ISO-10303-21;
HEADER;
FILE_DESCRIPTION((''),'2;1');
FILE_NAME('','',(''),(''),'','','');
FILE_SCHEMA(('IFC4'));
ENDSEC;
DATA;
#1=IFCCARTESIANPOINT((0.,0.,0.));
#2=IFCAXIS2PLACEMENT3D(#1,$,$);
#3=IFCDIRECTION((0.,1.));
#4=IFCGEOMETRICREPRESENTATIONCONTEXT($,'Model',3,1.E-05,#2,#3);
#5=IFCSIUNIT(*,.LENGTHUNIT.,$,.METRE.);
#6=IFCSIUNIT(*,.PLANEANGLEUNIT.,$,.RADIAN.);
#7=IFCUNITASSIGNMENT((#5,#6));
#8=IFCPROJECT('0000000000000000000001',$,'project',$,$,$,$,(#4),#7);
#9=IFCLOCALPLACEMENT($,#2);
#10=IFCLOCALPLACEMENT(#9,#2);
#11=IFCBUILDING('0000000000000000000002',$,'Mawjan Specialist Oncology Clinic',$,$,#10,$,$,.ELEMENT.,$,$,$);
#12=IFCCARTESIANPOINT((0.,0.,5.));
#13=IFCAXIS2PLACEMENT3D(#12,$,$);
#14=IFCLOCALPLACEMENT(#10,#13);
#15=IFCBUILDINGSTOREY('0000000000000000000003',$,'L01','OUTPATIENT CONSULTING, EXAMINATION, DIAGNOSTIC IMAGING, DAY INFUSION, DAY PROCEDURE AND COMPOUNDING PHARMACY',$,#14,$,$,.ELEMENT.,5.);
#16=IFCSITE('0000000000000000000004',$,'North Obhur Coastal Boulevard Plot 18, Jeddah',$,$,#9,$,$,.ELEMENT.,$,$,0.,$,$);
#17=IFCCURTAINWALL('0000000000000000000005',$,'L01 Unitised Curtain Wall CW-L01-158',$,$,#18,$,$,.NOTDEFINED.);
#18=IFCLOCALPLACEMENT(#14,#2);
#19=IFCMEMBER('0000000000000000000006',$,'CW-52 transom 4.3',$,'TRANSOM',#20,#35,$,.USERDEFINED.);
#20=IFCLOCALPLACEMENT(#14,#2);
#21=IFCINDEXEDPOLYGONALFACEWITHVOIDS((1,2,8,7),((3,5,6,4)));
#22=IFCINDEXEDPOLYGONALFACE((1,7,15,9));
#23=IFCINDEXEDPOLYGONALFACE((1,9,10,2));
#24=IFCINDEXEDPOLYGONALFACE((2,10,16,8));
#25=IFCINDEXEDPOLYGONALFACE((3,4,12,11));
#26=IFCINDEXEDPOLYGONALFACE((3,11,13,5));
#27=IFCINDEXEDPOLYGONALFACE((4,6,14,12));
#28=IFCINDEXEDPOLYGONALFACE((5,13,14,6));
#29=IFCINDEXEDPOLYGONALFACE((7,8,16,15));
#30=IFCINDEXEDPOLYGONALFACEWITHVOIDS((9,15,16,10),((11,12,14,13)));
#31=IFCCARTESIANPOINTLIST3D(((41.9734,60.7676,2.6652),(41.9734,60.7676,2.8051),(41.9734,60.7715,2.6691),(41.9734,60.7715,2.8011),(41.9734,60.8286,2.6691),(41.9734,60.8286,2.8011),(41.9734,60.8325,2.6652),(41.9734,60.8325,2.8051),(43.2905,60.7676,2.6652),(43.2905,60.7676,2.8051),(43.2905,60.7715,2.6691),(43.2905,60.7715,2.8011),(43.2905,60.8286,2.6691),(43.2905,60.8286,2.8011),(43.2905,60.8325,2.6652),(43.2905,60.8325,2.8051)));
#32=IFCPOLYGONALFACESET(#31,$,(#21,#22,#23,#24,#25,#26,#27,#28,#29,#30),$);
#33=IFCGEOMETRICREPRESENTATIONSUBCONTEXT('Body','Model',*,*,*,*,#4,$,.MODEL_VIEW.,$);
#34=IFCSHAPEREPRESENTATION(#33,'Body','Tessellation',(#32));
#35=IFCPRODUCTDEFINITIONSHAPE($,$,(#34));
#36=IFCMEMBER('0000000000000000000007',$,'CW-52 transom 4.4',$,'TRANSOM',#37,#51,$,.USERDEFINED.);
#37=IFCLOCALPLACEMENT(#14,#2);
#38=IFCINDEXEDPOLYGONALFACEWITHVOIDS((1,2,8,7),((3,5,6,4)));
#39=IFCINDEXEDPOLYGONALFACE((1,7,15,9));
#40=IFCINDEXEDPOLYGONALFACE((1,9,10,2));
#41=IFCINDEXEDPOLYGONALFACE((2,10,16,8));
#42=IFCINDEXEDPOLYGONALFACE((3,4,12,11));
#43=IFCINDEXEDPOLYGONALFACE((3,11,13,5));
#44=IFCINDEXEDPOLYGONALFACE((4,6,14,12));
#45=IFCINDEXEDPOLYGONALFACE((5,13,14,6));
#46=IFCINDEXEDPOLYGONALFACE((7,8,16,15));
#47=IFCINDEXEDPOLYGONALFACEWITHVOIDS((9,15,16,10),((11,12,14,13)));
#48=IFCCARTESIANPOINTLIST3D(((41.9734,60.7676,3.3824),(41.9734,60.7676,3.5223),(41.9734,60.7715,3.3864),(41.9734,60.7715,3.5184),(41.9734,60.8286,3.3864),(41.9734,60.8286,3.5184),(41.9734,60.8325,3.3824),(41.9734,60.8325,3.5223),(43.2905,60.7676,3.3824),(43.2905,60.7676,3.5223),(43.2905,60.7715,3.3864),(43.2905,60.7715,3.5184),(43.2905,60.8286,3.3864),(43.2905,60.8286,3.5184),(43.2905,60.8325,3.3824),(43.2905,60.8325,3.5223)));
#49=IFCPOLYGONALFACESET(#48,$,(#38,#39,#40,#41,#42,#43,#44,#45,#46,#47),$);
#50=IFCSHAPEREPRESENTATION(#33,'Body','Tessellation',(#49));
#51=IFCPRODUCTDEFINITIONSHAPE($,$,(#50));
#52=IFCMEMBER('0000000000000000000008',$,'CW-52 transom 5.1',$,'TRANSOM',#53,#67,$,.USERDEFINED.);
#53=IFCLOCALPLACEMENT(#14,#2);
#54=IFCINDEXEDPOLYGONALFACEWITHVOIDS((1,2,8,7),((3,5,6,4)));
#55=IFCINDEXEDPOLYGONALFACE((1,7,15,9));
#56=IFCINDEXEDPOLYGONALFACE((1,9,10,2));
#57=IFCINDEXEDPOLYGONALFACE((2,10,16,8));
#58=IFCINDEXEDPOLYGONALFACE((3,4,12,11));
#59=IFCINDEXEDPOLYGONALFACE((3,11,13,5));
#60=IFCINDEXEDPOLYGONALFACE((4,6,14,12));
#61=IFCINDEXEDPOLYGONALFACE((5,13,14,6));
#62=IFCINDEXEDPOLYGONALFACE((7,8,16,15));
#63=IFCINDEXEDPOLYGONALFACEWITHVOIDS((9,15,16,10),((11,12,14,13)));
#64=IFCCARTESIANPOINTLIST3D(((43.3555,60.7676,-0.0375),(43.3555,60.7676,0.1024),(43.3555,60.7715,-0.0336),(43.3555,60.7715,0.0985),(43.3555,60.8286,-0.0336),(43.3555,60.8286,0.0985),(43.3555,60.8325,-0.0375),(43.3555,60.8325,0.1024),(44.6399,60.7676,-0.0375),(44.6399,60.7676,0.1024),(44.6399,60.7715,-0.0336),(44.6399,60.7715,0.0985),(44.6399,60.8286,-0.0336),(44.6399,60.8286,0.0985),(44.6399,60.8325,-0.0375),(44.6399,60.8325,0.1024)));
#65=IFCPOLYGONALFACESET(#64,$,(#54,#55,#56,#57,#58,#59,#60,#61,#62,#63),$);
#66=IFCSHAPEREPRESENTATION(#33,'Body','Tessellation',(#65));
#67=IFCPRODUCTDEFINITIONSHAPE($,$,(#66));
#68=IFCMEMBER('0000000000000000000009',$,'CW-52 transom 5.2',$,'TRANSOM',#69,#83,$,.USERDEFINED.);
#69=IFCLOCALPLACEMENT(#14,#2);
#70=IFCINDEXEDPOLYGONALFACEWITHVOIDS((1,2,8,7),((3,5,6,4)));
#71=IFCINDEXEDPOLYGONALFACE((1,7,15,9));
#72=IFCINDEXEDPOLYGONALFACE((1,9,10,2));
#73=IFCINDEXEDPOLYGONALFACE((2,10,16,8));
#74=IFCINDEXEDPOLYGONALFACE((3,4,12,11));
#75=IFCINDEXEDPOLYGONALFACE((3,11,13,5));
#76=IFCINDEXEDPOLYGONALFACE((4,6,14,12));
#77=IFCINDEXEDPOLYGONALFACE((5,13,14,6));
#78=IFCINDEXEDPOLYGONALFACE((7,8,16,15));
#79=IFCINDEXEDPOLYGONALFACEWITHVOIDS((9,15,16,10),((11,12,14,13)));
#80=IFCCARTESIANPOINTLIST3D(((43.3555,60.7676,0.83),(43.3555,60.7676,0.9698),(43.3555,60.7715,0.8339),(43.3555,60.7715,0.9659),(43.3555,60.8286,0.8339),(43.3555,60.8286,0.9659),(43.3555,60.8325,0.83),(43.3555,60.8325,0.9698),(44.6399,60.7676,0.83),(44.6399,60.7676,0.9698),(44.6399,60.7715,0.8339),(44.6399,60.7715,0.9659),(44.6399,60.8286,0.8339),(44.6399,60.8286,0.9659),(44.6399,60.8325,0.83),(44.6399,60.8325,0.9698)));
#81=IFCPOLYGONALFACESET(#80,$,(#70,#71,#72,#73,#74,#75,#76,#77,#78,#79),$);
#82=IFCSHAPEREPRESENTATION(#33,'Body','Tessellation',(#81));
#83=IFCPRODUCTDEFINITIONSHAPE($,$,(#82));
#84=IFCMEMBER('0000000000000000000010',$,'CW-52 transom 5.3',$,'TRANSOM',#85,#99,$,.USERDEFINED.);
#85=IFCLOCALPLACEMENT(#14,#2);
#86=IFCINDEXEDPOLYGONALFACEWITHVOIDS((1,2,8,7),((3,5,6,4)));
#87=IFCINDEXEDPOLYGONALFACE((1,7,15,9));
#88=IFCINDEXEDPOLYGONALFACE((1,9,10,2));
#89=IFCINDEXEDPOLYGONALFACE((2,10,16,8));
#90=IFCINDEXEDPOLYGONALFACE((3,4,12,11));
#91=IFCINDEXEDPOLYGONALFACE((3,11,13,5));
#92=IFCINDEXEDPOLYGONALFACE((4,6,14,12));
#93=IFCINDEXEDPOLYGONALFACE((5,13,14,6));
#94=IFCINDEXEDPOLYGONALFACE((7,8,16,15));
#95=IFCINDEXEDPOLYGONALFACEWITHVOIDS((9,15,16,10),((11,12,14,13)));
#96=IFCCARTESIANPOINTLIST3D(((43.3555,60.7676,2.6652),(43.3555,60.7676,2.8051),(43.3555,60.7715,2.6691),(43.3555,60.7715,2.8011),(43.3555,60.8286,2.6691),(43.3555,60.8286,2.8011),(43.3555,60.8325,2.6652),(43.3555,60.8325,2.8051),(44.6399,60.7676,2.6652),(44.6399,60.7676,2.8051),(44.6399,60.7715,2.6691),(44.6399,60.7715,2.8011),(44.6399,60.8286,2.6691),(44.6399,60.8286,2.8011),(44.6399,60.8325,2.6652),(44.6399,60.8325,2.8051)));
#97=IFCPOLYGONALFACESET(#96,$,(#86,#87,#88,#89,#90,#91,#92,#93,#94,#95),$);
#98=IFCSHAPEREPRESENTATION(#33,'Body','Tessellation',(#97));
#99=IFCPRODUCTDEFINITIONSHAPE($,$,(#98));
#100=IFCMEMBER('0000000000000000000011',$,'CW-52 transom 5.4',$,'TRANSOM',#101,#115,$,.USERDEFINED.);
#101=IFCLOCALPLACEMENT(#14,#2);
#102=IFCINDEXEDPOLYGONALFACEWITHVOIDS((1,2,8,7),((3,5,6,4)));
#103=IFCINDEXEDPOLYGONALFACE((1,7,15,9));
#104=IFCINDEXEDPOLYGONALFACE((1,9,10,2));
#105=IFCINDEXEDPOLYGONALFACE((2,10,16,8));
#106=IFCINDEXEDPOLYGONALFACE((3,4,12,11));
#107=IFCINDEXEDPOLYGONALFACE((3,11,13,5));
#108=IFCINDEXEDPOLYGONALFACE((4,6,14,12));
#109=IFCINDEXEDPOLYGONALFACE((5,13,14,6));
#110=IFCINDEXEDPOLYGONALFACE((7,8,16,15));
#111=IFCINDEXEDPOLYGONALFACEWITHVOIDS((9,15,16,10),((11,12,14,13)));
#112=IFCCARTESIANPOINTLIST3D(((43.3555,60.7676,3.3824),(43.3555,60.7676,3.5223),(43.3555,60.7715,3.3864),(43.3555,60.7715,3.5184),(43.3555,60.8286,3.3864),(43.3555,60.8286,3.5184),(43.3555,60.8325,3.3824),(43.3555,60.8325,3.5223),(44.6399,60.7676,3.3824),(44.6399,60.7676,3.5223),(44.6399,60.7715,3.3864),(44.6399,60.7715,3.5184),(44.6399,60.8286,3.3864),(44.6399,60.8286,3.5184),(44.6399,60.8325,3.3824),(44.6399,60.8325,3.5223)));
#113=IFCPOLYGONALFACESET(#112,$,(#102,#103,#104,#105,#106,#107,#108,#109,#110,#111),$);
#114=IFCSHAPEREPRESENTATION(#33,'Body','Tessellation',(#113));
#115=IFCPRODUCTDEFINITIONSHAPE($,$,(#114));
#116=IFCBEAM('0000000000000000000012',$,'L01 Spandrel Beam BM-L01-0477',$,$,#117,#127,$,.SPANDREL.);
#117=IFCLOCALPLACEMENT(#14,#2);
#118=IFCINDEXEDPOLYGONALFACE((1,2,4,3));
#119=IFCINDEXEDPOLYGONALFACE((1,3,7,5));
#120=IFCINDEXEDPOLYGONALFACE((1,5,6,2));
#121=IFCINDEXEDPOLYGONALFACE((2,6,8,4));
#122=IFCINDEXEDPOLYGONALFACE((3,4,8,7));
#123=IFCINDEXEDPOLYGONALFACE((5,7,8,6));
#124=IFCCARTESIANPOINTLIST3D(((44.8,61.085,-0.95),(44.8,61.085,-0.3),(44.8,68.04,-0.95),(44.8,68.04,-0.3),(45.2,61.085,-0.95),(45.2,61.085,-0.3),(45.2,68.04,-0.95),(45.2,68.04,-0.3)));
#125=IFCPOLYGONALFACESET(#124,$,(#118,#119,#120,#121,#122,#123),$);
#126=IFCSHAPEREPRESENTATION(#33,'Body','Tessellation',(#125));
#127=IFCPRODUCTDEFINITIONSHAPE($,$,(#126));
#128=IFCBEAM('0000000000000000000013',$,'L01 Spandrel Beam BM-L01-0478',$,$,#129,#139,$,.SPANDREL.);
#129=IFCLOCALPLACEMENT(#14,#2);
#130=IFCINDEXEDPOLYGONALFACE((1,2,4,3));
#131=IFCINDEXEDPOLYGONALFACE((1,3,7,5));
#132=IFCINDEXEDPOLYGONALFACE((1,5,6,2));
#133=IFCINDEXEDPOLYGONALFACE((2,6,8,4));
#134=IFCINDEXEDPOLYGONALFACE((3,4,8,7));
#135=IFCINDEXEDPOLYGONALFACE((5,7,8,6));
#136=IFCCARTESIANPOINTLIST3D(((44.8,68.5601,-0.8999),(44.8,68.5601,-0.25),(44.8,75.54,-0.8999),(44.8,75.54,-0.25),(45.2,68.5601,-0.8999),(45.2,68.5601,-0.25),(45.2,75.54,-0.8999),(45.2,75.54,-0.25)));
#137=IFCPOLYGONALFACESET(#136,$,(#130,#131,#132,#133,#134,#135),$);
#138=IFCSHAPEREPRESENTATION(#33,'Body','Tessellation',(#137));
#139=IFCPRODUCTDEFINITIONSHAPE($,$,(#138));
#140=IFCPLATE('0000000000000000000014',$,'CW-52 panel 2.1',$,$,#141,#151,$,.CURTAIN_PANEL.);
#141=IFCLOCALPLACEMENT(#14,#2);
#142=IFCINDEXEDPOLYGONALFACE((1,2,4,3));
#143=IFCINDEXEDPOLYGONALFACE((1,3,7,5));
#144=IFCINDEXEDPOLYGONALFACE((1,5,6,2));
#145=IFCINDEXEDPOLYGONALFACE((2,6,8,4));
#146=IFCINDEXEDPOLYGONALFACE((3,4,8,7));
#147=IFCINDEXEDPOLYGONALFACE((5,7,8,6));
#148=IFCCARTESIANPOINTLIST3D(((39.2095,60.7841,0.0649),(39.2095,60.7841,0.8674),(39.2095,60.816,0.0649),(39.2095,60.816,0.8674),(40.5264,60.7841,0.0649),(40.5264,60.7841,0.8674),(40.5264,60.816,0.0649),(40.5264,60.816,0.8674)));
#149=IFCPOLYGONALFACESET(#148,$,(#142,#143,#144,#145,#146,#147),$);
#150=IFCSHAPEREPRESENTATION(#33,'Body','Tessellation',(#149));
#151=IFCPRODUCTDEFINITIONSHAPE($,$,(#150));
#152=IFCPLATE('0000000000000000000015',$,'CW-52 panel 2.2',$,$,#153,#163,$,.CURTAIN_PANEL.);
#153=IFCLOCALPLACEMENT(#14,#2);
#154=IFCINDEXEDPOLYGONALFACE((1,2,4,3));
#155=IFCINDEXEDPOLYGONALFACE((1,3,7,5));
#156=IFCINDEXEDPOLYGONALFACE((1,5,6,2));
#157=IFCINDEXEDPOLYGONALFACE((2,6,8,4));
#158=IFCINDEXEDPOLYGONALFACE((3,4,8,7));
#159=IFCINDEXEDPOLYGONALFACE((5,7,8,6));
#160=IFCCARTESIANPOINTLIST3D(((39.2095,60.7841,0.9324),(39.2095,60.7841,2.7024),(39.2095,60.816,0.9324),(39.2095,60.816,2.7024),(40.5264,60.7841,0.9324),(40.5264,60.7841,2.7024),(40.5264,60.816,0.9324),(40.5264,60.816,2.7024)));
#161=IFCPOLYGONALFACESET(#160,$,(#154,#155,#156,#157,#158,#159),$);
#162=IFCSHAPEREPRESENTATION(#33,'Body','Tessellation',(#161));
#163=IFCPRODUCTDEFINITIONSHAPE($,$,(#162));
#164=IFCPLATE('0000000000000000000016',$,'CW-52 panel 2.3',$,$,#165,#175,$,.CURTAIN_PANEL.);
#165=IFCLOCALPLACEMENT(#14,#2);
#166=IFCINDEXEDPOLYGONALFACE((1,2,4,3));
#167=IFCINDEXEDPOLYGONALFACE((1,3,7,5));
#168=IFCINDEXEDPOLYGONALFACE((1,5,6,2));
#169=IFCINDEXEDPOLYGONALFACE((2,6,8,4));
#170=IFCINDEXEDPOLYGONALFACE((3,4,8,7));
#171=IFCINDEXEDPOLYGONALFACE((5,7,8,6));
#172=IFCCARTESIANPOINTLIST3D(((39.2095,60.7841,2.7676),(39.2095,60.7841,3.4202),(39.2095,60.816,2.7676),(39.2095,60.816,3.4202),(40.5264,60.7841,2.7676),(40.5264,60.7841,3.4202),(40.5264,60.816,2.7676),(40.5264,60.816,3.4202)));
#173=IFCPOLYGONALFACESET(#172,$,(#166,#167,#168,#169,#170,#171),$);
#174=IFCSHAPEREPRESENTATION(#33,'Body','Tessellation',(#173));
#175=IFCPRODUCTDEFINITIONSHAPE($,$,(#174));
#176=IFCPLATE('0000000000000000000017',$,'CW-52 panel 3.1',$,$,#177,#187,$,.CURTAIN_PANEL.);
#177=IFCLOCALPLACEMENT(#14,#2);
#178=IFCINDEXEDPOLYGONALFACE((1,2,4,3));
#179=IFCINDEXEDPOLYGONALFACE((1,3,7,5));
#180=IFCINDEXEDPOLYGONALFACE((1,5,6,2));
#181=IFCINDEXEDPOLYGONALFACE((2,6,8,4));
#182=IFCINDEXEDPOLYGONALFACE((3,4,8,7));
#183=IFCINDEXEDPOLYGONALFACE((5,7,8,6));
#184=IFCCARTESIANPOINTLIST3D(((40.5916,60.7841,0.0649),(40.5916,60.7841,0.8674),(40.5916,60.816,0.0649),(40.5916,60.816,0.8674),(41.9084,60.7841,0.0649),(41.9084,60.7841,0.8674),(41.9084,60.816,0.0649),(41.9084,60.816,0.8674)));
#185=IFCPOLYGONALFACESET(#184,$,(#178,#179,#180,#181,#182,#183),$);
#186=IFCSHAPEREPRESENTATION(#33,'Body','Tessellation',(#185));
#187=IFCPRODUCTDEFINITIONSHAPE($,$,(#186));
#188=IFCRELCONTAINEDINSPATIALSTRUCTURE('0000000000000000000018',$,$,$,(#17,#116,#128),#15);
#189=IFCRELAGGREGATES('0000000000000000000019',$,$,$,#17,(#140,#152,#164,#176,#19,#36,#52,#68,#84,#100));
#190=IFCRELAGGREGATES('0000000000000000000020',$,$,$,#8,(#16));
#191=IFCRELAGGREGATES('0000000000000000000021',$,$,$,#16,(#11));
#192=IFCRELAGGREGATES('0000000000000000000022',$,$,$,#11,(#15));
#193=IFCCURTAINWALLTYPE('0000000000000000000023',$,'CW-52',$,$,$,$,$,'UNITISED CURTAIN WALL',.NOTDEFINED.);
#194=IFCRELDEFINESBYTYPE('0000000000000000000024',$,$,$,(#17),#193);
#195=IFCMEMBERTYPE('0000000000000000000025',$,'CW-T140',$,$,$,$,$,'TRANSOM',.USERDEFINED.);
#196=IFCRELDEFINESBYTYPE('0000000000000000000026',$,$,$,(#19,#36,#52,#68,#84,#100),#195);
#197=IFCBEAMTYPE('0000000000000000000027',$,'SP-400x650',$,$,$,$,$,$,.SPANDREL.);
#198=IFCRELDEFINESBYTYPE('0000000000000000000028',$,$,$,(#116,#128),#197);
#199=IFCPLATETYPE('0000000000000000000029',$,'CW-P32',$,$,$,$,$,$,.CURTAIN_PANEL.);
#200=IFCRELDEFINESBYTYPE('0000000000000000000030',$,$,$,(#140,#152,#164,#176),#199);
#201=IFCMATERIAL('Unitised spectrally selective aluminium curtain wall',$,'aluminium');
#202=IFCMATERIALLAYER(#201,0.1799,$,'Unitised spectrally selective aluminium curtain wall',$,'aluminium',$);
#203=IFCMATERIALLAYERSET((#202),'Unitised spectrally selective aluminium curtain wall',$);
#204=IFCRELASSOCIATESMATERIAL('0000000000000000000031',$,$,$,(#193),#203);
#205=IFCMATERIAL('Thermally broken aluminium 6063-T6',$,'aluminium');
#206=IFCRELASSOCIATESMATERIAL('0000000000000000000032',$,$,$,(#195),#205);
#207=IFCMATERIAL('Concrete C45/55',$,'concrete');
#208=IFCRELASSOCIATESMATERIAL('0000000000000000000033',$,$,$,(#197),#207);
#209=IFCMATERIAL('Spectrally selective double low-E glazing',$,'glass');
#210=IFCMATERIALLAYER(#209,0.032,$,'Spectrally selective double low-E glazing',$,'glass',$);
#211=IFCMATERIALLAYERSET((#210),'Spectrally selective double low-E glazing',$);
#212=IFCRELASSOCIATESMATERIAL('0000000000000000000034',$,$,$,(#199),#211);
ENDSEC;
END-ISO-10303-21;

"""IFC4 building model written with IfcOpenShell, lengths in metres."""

from ifc_helpers import new_model, si_unit, direction, frame, origin, origin_2d, place, context, subcontext, project, spatial, rectangle, hollow_rectangle, extrude, material, layer, layer_set, material_profile, profile_set, type_object, element, aggregate, save


model = new_model("IFC4")

# Units and contexts
model_context = context("Model", 3, precision=1e-05, world=origin(), true_north=direction((0.0, 1.0)))
body_context = subcontext(model_context, "Body", "Model", "MODEL_VIEW")
ifc_project = project(units=[si_unit("LENGTHUNIT", "METRE"), si_unit("PLANEANGLEUNIT", "RADIAN")], contexts=[model_context])

# Site, building, storey
site_placement = place(None, origin())
site = spatial("IfcSite", under=ifc_project, at=site_placement, Name="North Obhur Coastal Boulevard Plot 18, Jeddah", CompositionType="ELEMENT", RefElevation=0.0)
building_placement = place(site_placement, origin())
building = spatial("IfcBuilding", under=site, at=building_placement, Name="Mawjan Specialist Oncology Clinic", CompositionType="ELEMENT")
storey_placement = place(building_placement, frame((0.0, 0.0, 5.0)))
storey = spatial("IfcBuildingStorey", under=building, at=storey_placement, Name="L01", Description="OUTPATIENT CONSULTING, EXAMINATION, DIAGNOSTIC IMAGING, DAY INFUSION, DAY PROCEDURE AND COMPOUNDING PHARMACY", CompositionType="ELEMENT", Elevation=5.0)

# Curtain wall, members
ifc_material_1 = material(Name="Unitised spectrally selective aluminium curtain wall", Category="aluminium")
ifc_layer_1 = layer(ifc_material_1, 0.1799, Name="Unitised spectrally selective aluminium curtain wall", Category="aluminium")
ifc_layer_set_1 = layer_set([ifc_layer_1], Name="Unitised spectrally selective aluminium curtain wall")
curtain_wall_type = type_object("IfcCurtainWallType", Name="CW-52", ElementType="UNITISED CURTAIN WALL", PredefinedType="NOTDEFINED", material=ifc_layer_set_1)
curtain_wall_placement = place(storey_placement, origin())
curtain_wall = element("IfcCurtainWall", 1, at=curtain_wall_placement, inside=storey, type_object=curtain_wall_type, Name="L01 Unitised Curtain Wall CW-L01-158", PredefinedType="NOTDEFINED")
ifc_material_2 = material(Name="Thermally broken aluminium 6063-T6", Category="aluminium")
ifc_material_profile_1 = material_profile(ifc_material_2, hollow_rectangle(XDim=0.0649, YDim=0.1399, WallThickness=0.0039, at=origin_2d()), Name="ALU TRANSOM 140x65x4", Category="aluminium")
ifc_profile_set_1 = profile_set([ifc_material_profile_1], Name="Thermally broken aluminium 6063-T6")
member_type_1 = type_object("IfcMemberType", Name="CW-T140", ElementType="TRANSOM", PredefinedType="USERDEFINED", material=ifc_profile_set_1)
member_1_placement = place(storey_placement, frame((41.9734, 60.8, 2.7351), z_axis=(1.0, 0.0, 0.0), x_axis=(0.0, 1.0, 0.0)))
member_1 = element("IfcMember", 2, at=member_1_placement, type_object=member_type_1, Name="CW-52 transom 4.3", ObjectType="TRANSOM", PredefinedType="USERDEFINED", context=body_context, shape_type="SweptSolid", body=[
    extrude(hollow_rectangle(XDim=0.0649, YDim=0.1399, WallThickness=0.0039, at=origin_2d()), origin(), (0.0, 0.0, 1.0), 1.3171),
])
member_2_placement = place(storey_placement, frame((41.9734, 60.8, 3.4524), z_axis=(1.0, 0.0, 0.0), x_axis=(0.0, 1.0, 0.0)))
member_2 = element("IfcMember", 3, at=member_2_placement, type_object=member_type_1, Name="CW-52 transom 4.4", ObjectType="TRANSOM", PredefinedType="USERDEFINED", context=body_context, shape_type="SweptSolid", body=[
    extrude(hollow_rectangle(XDim=0.0649, YDim=0.1399, WallThickness=0.0039, at=origin_2d()), origin(), (0.0, 0.0, 1.0), 1.3171),
])
member_3_placement = place(storey_placement, frame((43.3555, 60.8, 0.0325), z_axis=(1.0, 0.0, 0.0), x_axis=(0.0, 1.0, 0.0)))
member_3 = element("IfcMember", 4, at=member_3_placement, type_object=member_type_1, Name="CW-52 transom 5.1", ObjectType="TRANSOM", PredefinedType="USERDEFINED", context=body_context, shape_type="SweptSolid", body=[
    extrude(hollow_rectangle(XDim=0.0649, YDim=0.1399, WallThickness=0.0039, at=origin_2d()), origin(), (0.0, 0.0, 1.0), 1.2844),
])
member_4_placement = place(storey_placement, frame((43.3555, 60.8, 0.8999), z_axis=(1.0, 0.0, 0.0), x_axis=(0.0, 1.0, 0.0)))
member_4 = element("IfcMember", 5, at=member_4_placement, type_object=member_type_1, Name="CW-52 transom 5.2", ObjectType="TRANSOM", PredefinedType="USERDEFINED", context=body_context, shape_type="SweptSolid", body=[
    extrude(hollow_rectangle(XDim=0.0649, YDim=0.1399, WallThickness=0.0039, at=origin_2d()), origin(), (0.0, 0.0, 1.0), 1.2844),
])
member_5_placement = place(storey_placement, frame((43.3555, 60.8, 2.7351), z_axis=(1.0, 0.0, 0.0), x_axis=(0.0, 1.0, 0.0)))
member_5 = element("IfcMember", 6, at=member_5_placement, type_object=member_type_1, Name="CW-52 transom 5.3", ObjectType="TRANSOM", PredefinedType="USERDEFINED", context=body_context, shape_type="SweptSolid", body=[
    extrude(hollow_rectangle(XDim=0.0649, YDim=0.1399, WallThickness=0.0039, at=origin_2d()), origin(), (0.0, 0.0, 1.0), 1.2844),
])
member_6_placement = place(storey_placement, frame((43.3555, 60.8, 3.4524), z_axis=(1.0, 0.0, 0.0), x_axis=(0.0, 1.0, 0.0)))
member_6 = element("IfcMember", 7, at=member_6_placement, type_object=member_type_1, Name="CW-52 transom 5.4", ObjectType="TRANSOM", PredefinedType="USERDEFINED", context=body_context, shape_type="SweptSolid", body=[
    extrude(hollow_rectangle(XDim=0.0649, YDim=0.1399, WallThickness=0.0039, at=origin_2d()), origin(), (0.0, 0.0, 1.0), 1.2844),
])

# Beams
ifc_material_3 = material(Name="Concrete C45/55", Category="concrete")
ifc_material_profile_2 = material_profile(ifc_material_3, rectangle(XDim=0.3999, YDim=0.6499, at=origin_2d()), Name="RC BM 400x650", Category="concrete")
ifc_profile_set_2 = profile_set([ifc_material_profile_2], Name="Concrete C45/55")
beam_type = type_object("IfcBeamType", Name="SP-400x650", PredefinedType="SPANDREL", material=ifc_profile_set_2)
beam_1_placement = place(storey_placement, frame((45.0, 61.085, -0.625), z_axis=(0.0, 1.0, 0.0), x_axis=(-1.0, 0.0, 0.0)))
element("IfcBeam", 8, at=beam_1_placement, inside=storey, type_object=beam_type, Name="L01 Spandrel Beam BM-L01-0477", PredefinedType="SPANDREL", context=body_context, shape_type="SweptSolid", body=[
    extrude(rectangle(XDim=0.3999, YDim=0.6499, at=origin_2d()), origin(), (0.0, 0.0, 1.0), 6.9551),
])
beam_2_placement = place(storey_placement, frame((45.0, 68.5601, -0.575), z_axis=(0.0, 1.0, 0.0), x_axis=(-1.0, 0.0, 0.0)))
element("IfcBeam", 9, at=beam_2_placement, inside=storey, type_object=beam_type, Name="L01 Spandrel Beam BM-L01-0478", PredefinedType="SPANDREL", context=body_context, shape_type="SweptSolid", body=[
    extrude(rectangle(XDim=0.3999, YDim=0.6499, at=origin_2d()), origin(), (0.0, 0.0, 1.0), 6.98),
])

# Plates
ifc_material_4 = material(Name="Spectrally selective double low-E glazing", Category="glass")
ifc_layer_2 = layer(ifc_material_4, 0.032, Name="Spectrally selective double low-E glazing", Category="glass")
ifc_layer_set_2 = layer_set([ifc_layer_2], Name="Spectrally selective double low-E glazing")
plate_type = type_object("IfcPlateType", Name="CW-P32", PredefinedType="CURTAIN_PANEL", material=ifc_layer_set_2)
plate_1_placement = place(storey_placement, frame((39.8679, 60.8, 0.0649), z_axis=(0.0, 0.0, 1.0), x_axis=(1.0, 0.0, 0.0)))
plate_1 = element("IfcPlate", 10, at=plate_1_placement, type_object=plate_type, Name="CW-52 panel 2.1", PredefinedType="CURTAIN_PANEL", context=body_context, shape_type="SweptSolid", body=[
    extrude(rectangle(XDim=1.3169, YDim=0.032, at=origin_2d()), origin(), (0.0, 0.0, 1.0), 0.8025),
])
plate_2_placement = place(storey_placement, frame((39.8679, 60.8, 0.9324), z_axis=(0.0, 0.0, 1.0), x_axis=(1.0, 0.0, 0.0)))
plate_2 = element("IfcPlate", 11, at=plate_2_placement, type_object=plate_type, Name="CW-52 panel 2.2", PredefinedType="CURTAIN_PANEL", context=body_context, shape_type="SweptSolid", body=[
    extrude(rectangle(XDim=1.3169, YDim=0.032, at=origin_2d()), origin(), (0.0, 0.0, 1.0), 1.77),
])
plate_3_placement = place(storey_placement, frame((39.8679, 60.8, 2.7676), z_axis=(0.0, 0.0, 1.0), x_axis=(1.0, 0.0, 0.0)))
plate_3 = element("IfcPlate", 12, at=plate_3_placement, type_object=plate_type, Name="CW-52 panel 2.3", PredefinedType="CURTAIN_PANEL", context=body_context, shape_type="SweptSolid", body=[
    extrude(rectangle(XDim=1.3169, YDim=0.032, at=origin_2d()), origin(), (0.0, 0.0, 1.0), 0.6526),
])
plate_4_placement = place(storey_placement, frame((41.25, 60.8, 0.0649), z_axis=(0.0, 0.0, 1.0), x_axis=(1.0, 0.0, 0.0)))
plate_4 = element("IfcPlate", 13, at=plate_4_placement, type_object=plate_type, Name="CW-52 panel 3.1", PredefinedType="CURTAIN_PANEL", context=body_context, shape_type="SweptSolid", body=[
    extrude(rectangle(XDim=1.3169, YDim=0.032, at=origin_2d()), origin(), (0.0, 0.0, 1.0), 0.8025),
])
aggregate(curtain_wall, [plate_1, plate_2, plate_3, plate_4, member_1, member_2, member_3, member_4, member_5, member_6])

save(model, "model.ifc")
